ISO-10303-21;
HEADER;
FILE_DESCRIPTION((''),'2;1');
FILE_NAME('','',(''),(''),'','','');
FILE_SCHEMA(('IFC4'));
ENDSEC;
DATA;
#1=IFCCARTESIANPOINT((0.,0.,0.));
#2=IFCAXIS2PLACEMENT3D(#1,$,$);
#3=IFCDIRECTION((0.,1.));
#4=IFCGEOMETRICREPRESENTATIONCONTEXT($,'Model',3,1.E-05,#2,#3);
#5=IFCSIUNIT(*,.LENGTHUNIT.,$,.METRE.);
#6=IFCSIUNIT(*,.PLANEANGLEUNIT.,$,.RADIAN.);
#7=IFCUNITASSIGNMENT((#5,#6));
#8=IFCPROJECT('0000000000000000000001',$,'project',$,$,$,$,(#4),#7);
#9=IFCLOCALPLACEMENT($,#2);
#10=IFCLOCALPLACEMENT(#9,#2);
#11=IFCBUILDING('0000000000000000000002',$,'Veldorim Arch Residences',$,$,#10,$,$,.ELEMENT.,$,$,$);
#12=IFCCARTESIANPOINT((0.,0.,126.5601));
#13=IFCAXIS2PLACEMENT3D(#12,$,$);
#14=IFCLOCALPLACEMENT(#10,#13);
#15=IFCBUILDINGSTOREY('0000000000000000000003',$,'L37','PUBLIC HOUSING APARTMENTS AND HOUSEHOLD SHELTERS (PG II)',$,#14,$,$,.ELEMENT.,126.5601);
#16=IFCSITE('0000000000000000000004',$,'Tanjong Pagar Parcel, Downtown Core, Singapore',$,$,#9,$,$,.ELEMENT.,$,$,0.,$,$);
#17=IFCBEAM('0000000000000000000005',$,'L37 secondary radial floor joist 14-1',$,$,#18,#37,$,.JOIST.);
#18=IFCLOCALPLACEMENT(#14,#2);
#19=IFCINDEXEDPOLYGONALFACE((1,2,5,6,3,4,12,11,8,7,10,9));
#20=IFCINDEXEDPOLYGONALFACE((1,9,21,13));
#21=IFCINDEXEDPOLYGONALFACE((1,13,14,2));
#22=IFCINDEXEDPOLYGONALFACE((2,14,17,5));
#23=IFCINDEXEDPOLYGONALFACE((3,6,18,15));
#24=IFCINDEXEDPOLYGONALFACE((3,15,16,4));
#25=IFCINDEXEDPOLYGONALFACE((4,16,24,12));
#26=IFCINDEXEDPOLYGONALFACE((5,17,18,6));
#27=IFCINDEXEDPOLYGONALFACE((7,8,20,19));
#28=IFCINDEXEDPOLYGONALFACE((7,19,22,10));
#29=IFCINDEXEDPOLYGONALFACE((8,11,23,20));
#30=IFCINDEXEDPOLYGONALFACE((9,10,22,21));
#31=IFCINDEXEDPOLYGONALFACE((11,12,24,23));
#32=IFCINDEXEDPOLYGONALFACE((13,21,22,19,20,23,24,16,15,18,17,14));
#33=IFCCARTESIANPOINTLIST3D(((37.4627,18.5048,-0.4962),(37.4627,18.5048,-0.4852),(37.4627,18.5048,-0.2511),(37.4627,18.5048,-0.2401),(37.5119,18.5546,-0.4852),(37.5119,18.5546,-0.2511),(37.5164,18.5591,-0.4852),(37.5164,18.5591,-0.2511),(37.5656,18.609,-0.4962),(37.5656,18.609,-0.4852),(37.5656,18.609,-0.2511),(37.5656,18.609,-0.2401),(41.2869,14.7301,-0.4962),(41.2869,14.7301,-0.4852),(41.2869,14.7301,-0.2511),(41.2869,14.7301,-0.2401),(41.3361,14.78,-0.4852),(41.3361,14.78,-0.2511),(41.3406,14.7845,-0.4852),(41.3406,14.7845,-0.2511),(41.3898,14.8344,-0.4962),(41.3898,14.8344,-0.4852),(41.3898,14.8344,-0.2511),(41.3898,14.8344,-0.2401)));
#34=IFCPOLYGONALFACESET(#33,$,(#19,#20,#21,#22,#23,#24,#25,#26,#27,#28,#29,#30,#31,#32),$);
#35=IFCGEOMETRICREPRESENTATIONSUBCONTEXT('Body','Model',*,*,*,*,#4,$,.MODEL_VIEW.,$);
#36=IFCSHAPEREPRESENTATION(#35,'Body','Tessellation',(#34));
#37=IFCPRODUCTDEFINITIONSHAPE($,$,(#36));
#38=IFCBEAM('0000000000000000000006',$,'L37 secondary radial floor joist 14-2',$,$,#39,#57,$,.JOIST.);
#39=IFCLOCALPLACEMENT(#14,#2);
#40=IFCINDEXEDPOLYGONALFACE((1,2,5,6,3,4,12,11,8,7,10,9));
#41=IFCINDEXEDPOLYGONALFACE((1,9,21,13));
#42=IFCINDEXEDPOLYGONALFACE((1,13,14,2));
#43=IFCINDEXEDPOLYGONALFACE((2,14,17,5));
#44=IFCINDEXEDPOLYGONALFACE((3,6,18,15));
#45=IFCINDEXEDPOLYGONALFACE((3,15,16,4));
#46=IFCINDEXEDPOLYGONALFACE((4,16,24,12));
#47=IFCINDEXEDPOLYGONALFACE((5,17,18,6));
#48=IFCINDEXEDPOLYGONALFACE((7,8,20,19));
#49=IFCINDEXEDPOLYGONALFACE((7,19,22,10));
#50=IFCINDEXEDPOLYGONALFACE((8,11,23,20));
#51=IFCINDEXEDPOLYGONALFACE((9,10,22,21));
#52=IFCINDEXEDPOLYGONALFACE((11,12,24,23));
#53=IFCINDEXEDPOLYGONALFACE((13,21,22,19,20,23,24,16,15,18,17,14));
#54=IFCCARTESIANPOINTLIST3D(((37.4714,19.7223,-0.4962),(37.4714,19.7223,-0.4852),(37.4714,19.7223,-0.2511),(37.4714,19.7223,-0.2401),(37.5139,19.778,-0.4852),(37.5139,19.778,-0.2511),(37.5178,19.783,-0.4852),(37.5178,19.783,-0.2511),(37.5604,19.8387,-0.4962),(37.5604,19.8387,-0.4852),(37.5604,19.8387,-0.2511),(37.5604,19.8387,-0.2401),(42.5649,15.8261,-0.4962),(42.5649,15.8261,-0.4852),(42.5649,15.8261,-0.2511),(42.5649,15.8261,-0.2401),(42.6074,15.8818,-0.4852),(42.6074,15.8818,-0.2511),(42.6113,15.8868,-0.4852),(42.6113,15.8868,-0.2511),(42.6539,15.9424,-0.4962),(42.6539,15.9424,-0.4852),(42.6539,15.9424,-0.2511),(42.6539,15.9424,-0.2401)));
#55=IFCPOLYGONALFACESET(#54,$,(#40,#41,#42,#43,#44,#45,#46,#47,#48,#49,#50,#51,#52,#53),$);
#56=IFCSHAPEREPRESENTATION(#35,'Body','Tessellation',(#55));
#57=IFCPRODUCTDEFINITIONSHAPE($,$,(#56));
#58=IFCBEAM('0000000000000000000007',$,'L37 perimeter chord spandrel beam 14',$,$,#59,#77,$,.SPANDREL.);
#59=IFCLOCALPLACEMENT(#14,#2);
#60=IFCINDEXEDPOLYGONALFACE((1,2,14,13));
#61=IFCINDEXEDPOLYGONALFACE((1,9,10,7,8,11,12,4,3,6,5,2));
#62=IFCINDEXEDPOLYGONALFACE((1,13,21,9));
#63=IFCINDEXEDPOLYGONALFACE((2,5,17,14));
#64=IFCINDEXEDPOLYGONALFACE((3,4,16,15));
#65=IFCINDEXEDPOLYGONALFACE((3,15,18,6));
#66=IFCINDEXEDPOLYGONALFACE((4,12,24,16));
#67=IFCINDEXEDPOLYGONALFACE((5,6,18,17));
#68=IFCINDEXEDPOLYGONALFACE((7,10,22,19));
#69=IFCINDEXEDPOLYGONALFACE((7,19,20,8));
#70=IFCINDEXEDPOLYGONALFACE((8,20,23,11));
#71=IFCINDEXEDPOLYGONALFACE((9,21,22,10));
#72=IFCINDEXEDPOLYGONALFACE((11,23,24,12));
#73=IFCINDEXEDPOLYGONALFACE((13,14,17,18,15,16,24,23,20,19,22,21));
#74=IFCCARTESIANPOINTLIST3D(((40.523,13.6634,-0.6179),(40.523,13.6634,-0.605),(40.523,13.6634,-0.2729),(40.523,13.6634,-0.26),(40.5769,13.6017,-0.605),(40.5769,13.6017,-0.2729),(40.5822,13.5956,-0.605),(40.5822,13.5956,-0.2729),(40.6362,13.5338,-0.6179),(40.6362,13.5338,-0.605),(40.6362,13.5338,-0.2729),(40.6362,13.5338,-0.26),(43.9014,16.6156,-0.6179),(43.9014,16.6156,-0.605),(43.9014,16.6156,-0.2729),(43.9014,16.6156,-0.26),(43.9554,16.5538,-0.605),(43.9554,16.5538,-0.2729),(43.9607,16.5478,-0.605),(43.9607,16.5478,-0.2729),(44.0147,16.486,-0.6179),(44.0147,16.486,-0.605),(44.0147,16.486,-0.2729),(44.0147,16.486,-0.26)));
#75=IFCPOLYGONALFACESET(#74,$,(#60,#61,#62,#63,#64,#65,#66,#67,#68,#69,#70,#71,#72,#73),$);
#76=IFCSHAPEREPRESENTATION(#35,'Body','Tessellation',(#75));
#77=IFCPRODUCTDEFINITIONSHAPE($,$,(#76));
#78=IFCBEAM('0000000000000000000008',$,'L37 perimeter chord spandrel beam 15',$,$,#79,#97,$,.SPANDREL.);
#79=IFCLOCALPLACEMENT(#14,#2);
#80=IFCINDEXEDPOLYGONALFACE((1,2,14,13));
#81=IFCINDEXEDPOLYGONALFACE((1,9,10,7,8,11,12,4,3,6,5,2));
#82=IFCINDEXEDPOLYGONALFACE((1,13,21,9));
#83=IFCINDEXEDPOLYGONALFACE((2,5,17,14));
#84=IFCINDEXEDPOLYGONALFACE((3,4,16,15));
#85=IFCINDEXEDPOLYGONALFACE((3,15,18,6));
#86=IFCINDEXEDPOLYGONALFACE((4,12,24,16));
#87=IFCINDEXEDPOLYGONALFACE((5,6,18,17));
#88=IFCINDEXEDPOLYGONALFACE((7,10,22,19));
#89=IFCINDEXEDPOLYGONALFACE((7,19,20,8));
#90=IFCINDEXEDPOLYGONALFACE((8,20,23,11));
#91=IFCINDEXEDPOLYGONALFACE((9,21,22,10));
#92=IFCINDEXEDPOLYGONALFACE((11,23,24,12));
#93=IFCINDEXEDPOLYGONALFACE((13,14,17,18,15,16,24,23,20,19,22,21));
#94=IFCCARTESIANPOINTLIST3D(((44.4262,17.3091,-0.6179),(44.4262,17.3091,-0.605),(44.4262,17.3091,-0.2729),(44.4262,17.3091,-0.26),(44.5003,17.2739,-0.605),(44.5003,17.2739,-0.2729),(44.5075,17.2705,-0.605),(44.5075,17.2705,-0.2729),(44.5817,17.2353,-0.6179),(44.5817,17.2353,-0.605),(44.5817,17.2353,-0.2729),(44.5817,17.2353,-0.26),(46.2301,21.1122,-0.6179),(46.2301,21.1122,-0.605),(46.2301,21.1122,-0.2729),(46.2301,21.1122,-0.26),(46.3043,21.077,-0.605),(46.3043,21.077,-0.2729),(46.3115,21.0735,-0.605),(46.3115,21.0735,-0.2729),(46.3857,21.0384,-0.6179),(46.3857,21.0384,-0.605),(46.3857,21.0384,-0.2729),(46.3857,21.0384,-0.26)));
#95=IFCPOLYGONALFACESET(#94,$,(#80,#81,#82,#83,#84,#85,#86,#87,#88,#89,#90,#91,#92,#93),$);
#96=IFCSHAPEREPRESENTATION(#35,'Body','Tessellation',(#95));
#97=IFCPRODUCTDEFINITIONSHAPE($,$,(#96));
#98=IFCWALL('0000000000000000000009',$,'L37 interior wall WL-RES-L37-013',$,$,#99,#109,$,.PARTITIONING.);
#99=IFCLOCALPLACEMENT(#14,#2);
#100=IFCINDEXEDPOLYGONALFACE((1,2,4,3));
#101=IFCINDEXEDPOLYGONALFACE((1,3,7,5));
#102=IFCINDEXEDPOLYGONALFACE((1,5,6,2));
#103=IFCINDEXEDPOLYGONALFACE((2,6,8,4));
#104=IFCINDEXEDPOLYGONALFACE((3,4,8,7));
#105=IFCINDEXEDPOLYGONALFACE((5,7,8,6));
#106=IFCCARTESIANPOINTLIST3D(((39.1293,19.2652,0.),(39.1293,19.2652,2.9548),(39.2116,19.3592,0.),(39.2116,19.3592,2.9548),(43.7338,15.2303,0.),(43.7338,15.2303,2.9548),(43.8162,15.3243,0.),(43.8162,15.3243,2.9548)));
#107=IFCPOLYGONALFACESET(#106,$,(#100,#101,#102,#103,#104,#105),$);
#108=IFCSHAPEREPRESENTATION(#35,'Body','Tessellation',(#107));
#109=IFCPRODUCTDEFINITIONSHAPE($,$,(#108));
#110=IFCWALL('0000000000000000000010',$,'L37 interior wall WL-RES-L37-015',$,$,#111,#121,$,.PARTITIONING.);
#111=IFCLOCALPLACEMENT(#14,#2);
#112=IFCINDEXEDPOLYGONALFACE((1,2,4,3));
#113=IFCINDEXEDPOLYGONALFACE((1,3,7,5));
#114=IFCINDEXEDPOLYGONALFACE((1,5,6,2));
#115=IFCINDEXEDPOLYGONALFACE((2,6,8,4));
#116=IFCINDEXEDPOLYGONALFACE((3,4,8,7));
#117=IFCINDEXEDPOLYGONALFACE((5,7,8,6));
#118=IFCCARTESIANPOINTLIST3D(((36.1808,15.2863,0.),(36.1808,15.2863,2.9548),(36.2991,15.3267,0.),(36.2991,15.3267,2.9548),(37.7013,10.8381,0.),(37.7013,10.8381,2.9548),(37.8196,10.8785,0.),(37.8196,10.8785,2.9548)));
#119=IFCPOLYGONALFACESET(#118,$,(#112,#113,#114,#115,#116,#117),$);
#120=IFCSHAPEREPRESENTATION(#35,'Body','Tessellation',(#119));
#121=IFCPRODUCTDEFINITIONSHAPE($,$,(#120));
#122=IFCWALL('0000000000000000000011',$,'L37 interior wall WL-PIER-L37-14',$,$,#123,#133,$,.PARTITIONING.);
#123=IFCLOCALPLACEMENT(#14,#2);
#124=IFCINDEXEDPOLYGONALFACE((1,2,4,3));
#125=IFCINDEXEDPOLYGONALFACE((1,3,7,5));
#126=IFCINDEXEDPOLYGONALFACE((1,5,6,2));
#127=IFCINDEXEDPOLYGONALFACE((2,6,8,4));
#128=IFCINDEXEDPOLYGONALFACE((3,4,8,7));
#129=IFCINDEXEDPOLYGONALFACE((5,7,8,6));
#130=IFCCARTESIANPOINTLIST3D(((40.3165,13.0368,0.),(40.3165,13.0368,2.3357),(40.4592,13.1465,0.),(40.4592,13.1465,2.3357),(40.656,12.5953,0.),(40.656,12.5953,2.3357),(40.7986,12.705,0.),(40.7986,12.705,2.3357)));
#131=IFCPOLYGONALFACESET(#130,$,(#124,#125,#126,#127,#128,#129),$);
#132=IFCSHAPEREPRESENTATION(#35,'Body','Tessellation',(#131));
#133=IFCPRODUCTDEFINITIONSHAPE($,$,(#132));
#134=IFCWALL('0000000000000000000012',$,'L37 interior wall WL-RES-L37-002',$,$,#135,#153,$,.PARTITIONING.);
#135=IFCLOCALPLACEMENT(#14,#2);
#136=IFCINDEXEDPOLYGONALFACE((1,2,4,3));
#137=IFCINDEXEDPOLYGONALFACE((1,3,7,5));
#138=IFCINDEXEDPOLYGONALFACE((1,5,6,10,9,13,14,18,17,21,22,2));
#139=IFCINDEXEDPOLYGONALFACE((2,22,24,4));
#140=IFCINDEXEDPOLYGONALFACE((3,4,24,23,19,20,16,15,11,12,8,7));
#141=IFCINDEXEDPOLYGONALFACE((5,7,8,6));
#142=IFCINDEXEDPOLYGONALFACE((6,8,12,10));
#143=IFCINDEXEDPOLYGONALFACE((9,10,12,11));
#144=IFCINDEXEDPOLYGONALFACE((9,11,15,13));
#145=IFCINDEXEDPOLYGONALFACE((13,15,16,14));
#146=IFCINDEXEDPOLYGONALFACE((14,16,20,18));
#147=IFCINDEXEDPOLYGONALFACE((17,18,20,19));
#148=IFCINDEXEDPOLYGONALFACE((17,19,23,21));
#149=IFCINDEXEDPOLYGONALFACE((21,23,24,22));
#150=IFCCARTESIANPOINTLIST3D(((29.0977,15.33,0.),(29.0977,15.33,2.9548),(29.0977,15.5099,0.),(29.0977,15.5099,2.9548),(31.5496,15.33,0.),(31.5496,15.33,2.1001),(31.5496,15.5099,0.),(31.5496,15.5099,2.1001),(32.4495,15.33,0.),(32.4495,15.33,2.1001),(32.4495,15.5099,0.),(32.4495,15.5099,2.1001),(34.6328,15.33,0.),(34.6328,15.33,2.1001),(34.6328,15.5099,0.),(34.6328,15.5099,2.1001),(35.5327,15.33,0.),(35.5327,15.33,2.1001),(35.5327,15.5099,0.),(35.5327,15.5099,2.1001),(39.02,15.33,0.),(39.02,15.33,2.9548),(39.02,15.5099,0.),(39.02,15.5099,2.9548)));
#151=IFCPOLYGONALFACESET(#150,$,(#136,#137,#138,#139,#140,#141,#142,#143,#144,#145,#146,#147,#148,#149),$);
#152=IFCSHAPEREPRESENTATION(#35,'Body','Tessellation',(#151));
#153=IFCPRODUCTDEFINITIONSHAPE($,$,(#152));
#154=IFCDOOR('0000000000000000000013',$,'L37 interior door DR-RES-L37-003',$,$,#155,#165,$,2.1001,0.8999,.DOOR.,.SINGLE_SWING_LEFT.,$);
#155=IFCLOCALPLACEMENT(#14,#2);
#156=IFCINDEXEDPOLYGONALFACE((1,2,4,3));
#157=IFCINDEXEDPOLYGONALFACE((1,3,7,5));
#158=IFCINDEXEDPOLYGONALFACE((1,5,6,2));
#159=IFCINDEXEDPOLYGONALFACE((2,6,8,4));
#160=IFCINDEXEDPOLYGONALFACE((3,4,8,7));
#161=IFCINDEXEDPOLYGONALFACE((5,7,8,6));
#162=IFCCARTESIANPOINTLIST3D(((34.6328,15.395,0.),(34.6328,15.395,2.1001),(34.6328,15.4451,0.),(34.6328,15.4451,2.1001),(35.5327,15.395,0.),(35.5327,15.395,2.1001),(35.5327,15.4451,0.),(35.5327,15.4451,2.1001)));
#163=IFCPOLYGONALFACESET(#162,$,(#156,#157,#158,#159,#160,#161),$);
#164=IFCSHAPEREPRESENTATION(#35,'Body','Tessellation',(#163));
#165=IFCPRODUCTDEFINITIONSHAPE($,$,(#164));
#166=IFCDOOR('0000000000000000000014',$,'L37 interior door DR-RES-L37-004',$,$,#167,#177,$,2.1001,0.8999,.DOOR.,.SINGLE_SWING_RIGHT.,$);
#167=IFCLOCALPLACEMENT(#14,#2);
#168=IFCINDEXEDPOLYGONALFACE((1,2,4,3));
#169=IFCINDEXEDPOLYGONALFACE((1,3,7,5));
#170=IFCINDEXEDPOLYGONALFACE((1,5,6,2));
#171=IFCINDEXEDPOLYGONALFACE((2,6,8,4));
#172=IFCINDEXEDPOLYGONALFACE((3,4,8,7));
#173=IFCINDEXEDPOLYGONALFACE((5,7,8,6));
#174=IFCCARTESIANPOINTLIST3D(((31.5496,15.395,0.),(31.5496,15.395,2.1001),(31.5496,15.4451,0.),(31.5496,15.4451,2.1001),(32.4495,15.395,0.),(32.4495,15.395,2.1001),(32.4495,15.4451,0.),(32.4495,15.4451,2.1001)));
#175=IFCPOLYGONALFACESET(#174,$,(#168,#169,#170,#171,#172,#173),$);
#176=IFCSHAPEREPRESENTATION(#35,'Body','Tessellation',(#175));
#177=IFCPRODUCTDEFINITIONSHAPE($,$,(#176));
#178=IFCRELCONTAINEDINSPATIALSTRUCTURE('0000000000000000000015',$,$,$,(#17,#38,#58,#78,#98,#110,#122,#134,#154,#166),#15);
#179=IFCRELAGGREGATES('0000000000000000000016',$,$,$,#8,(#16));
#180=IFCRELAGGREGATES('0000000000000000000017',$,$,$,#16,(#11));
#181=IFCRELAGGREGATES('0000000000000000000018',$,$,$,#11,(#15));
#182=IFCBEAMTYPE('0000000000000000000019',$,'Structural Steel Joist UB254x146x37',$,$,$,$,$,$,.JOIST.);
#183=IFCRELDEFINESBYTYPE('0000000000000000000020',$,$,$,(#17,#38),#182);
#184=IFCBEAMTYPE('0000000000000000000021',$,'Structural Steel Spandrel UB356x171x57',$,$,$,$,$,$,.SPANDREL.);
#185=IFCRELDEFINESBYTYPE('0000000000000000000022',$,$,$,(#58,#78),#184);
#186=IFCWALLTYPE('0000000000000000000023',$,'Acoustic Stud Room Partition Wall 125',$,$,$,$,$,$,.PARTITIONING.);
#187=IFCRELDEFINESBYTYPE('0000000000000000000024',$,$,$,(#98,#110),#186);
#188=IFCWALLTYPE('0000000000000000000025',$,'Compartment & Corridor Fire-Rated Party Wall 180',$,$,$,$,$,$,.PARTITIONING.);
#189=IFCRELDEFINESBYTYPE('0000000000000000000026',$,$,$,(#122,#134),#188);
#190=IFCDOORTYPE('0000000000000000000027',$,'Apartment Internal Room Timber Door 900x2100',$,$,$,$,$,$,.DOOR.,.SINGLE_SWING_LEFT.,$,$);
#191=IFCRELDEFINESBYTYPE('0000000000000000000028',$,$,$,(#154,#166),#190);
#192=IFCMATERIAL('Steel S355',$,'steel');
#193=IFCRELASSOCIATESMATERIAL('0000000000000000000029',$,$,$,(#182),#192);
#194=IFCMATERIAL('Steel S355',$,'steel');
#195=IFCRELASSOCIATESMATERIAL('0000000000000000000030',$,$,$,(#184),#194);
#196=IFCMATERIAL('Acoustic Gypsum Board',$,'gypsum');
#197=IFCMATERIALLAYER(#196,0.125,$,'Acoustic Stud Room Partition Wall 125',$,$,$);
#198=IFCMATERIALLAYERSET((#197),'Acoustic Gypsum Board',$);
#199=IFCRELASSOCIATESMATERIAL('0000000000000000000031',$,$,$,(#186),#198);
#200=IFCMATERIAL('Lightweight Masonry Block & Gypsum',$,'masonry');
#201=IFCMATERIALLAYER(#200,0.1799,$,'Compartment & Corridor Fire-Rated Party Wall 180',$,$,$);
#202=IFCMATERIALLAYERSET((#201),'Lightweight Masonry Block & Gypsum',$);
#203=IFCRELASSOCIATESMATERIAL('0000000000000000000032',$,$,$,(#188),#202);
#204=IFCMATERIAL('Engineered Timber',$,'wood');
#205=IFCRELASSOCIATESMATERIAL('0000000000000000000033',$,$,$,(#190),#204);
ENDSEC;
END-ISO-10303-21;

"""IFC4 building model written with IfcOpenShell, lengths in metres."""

from ifc_helpers import new_model, si_unit, direction, frame, frame_2d, origin, origin_2d, place, context, subcontext, project, spatial, rectangle, i_section, extrude, material, layer, layer_set, material_profile, profile_set, type_object, element, fill, save


model = new_model("IFC4")

# Units and contexts
model_context = context("Model", 3, precision=1e-05, world=origin(), true_north=direction((0.0, 1.0)))
body_context = subcontext(model_context, "Body", "Model", "MODEL_VIEW")
ifc_project = project(units=[si_unit("LENGTHUNIT", "METRE"), si_unit("PLANEANGLEUNIT", "RADIAN")], contexts=[model_context])

# Site, building, storey
site_placement = place(None, origin())
site = spatial("IfcSite", under=ifc_project, at=site_placement, Name="Tanjong Pagar Parcel, Downtown Core, Singapore", CompositionType="ELEMENT", RefElevation=0.0)
building_placement = place(site_placement, origin())
building = spatial("IfcBuilding", under=site, at=building_placement, Name="Veldorim Arch Residences", CompositionType="ELEMENT")
storey_placement = place(building_placement, frame((0.0, 0.0, 126.5601)))
storey = spatial("IfcBuildingStorey", under=building, at=storey_placement, Name="L37", Description="PUBLIC HOUSING APARTMENTS AND HOUSEHOLD SHELTERS (PG II)", CompositionType="ELEMENT", Elevation=126.5601)

# Beams
ifc_material_1 = material(Name="Steel S355", Category="steel")
ifc_material_profile_1 = material_profile(ifc_material_1, i_section(OverallWidth=0.1465, OverallDepth=0.2561, WebThickness=0.0063, FlangeThickness=0.011, at=origin_2d()), Name="UB254x146x37")
ifc_profile_set_1 = profile_set([ifc_material_profile_1], Name="Steel S355")
beam_type_1 = type_object("IfcBeamType", Name="Structural Steel Joist UB254x146x37", PredefinedType="JOIST", material=ifc_profile_set_1)
beam_1_placement = place(storey_placement, frame((37.5142, 18.5569, -0.3682), z_axis=(0.711703, -0.70248, 0.0), x_axis=(0.70248, 0.711703, 0.0)))
element("IfcBeam", 1, at=beam_1_placement, inside=storey, type_object=beam_type_1, Name="L37 secondary radial floor joist 14-1", PredefinedType="JOIST", context=body_context, shape_type="SweptSolid", body=[
    extrude(i_section(OverallWidth=0.1465, OverallDepth=0.2561, WebThickness=0.0063, FlangeThickness=0.011, at=origin_2d()), origin(), (0.0, 0.0, 1.0), 5.3733),
])
beam_2_placement = place(storey_placement, frame((37.5159, 19.7805, -0.3682), z_axis=(0.794267, -0.607569, 0.0), x_axis=(0.607569, 0.794267, 0.0)))
element("IfcBeam", 2, at=beam_2_placement, inside=storey, type_object=beam_type_1, Name="L37 secondary radial floor joist 14-2", PredefinedType="JOIST", context=body_context, shape_type="SweptSolid", body=[
    extrude(i_section(OverallWidth=0.1465, OverallDepth=0.2561, WebThickness=0.0063, FlangeThickness=0.011, at=origin_2d()), origin(), (0.0, 0.0, 1.0), 6.4128),
])
ifc_material_2 = material(Name="Steel S355", Category="steel")
ifc_material_profile_2 = material_profile(ifc_material_2, i_section(OverallWidth=0.1721, OverallDepth=0.3579, WebThickness=0.0081, FlangeThickness=0.0129, at=origin_2d()), Name="UB356x171x57")
ifc_profile_set_2 = profile_set([ifc_material_profile_2], Name="Steel S355")
beam_type_2 = type_object("IfcBeamType", Name="Structural Steel Spandrel UB356x171x57", PredefinedType="SPANDREL", material=ifc_profile_set_2)
beam_3_placement = place(storey_placement, frame((40.5796, 13.5986, -0.439), z_axis=(0.753015, 0.658004, 0.0), x_axis=(-0.658004, 0.753015, 0.0)))
element("IfcBeam", 3, at=beam_3_placement, inside=storey, type_object=beam_type_2, Name="L37 perimeter chord spandrel beam 14", PredefinedType="SPANDREL", context=body_context, shape_type="SweptSolid", body=[
    extrude(i_section(OverallWidth=0.1721, OverallDepth=0.3579, WebThickness=0.0081, FlangeThickness=0.0129, at=origin_2d()), origin(), (0.0, 0.0, 1.0), 4.4866),
])
beam_4_placement = place(storey_placement, frame((44.5039, 17.2722, -0.439), z_axis=(0.42858, 0.903504, 0.0), x_axis=(-0.903504, 0.42858, 0.0)))
element("IfcBeam", 4, at=beam_4_placement, inside=storey, type_object=beam_type_2, Name="L37 perimeter chord spandrel beam 15", PredefinedType="SPANDREL", context=body_context, shape_type="SweptSolid", body=[
    extrude(i_section(OverallWidth=0.1721, OverallDepth=0.3579, WebThickness=0.0081, FlangeThickness=0.0129, at=origin_2d()), origin(), (0.0, 0.0, 1.0), 4.2092),
])

# Walls
ifc_material_3 = material(Name="Acoustic Gypsum Board", Category="gypsum")
ifc_layer_1 = layer(ifc_material_3, 0.125, Name="Acoustic Stud Room Partition Wall 125")
ifc_layer_set_1 = layer_set([ifc_layer_1], Name="Acoustic Gypsum Board")
wall_type_1 = type_object("IfcWallType", Name="Acoustic Stud Room Partition Wall 125", PredefinedType="PARTITIONING", material=ifc_layer_set_1)
wall_1_placement = place(storey_placement, frame((43.7749, 15.2773, 0.0), z_axis=(0.0, 0.0, 1.0), x_axis=(-0.752092, 0.659058, 0.0)))
element("IfcWall", 5, at=wall_1_placement, inside=storey, type_object=wall_type_1, Name="L37 interior wall WL-RES-L37-013", PredefinedType="PARTITIONING", context=body_context, shape_type="SweptSolid", body=[
    extrude(rectangle(XDim=6.1223, YDim=0.125, at=frame_2d((3.061, 0.0))), origin(), (0.0, 0.0, 1.0), 2.9548),
])
wall_2_placement = place(storey_placement, frame((37.7605, 10.8582, 0.0), z_axis=(0.0, 0.0, 1.0), x_axis=(-0.323448, 0.946246, 0.0)))
element("IfcWall", 6, at=wall_2_placement, inside=storey, type_object=wall_type_1, Name="L37 interior wall WL-RES-L37-015", PredefinedType="PARTITIONING", context=body_context, shape_type="SweptSolid", body=[
    extrude(rectangle(XDim=4.7009, YDim=0.125, at=frame_2d((2.3506, 0.0))), origin(), (0.0, 0.0, 1.0), 2.9548),
])
ifc_material_4 = material(Name="Lightweight Masonry Block & Gypsum", Category="masonry")
ifc_layer_2 = layer(ifc_material_4, 0.1799, Name="Compartment & Corridor Fire-Rated Party Wall 180")
ifc_layer_set_2 = layer_set([ifc_layer_2], Name="Lightweight Masonry Block & Gypsum")
wall_type_2 = type_object("IfcWallType", Name="Compartment & Corridor Fire-Rated Party Wall 180", PredefinedType="PARTITIONING", material=ifc_layer_set_2)
wall_3_placement = place(storey_placement, frame((40.3879, 13.0916, 0.0), z_axis=(0.0, 0.0, 1.0), x_axis=(0.609499, -0.792787, 0.0)))
element("IfcWall", 7, at=wall_3_placement, inside=storey, type_object=wall_type_2, Name="L37 interior wall WL-PIER-L37-14", PredefinedType="PARTITIONING", context=body_context, shape_type="SweptSolid", body=[
    extrude(rectangle(XDim=0.5569, YDim=0.1799, at=frame_2d((0.2783, 0.0))), origin(), (0.0, 0.0, 1.0), 2.3357),
])

# Wall, openings, doors
wall_4_placement = place(storey_placement, frame((39.02, 15.4199, 0.0), z_axis=(0.0, 0.0, 1.0), x_axis=(-1.0, 0.0, 0.0)))
wall_4 = element("IfcWall", 8, at=wall_4_placement, inside=storey, type_object=wall_type_2, Name="L37 interior wall WL-RES-L37-002", PredefinedType="PARTITIONING", context=body_context, shape_type="SweptSolid", body=[
    extrude(rectangle(XDim=9.9224, YDim=0.1799, at=frame_2d((4.9612, 0.0))), origin(), (0.0, 0.0, 1.0), 2.9548),
])
opening_1_placement = place(wall_4_placement, frame((3.4873, 0.0, 0.0)))
opening_1 = element("IfcOpeningElement", 9, at=opening_1_placement, cuts=wall_4, PredefinedType="OPENING", context=body_context, shape_type="SweptSolid", body=[
    extrude(rectangle(XDim=0.8999, YDim=2.1001, at=frame_2d((0.45, 1.05))), frame((0.0, 0.0999, 0.0), z_axis=(0.0, -1.0, 0.0), x_axis=(1.0, 0.0, 0.0)), (0.0, 0.0, 1.0), 0.2),
])
opening_2_placement = place(wall_4_placement, frame((6.5706, 0.0, 0.0)))
opening_2 = element("IfcOpeningElement", 10, at=opening_2_placement, cuts=wall_4, PredefinedType="OPENING", context=body_context, shape_type="SweptSolid", body=[
    extrude(rectangle(XDim=0.8999, YDim=2.1001, at=frame_2d((0.45, 1.05))), frame((0.0, 0.0999, 0.0), z_axis=(0.0, -1.0, 0.0), x_axis=(1.0, 0.0, 0.0)), (0.0, 0.0, 1.0), 0.2),
])
ifc_material_5 = material(Name="Engineered Timber", Category="wood")
door_type = type_object("IfcDoorType", Name="Apartment Internal Room Timber Door 900x2100", OperationType="SINGLE_SWING_LEFT", PredefinedType="DOOR", material=ifc_material_5)
door_1_placement = place(opening_1_placement, origin())
door_1 = element("IfcDoor", 11, at=door_1_placement, inside=storey, type_object=door_type, Name="L37 interior door DR-RES-L37-003", OperationType="SINGLE_SWING_LEFT", OverallHeight=2.1001, OverallWidth=0.8999, PredefinedType="DOOR", context=body_context, shape_type="SweptSolid", body=[
    extrude(rectangle(XDim=0.8999, YDim=2.1001, at=frame_2d((0.45, 1.05))), frame((0.0, 0.0249, 0.0), z_axis=(0.0, -1.0, 0.0), x_axis=(1.0, 0.0, 0.0)), (0.0, 0.0, 1.0), 0.05),
])
fill(opening_1, door_1)
door_2_placement = place(opening_2_placement, origin())
door_2 = element("IfcDoor", 12, at=door_2_placement, inside=storey, type_object=door_type, Name="L37 interior door DR-RES-L37-004", OperationType="SINGLE_SWING_RIGHT", OverallHeight=2.1001, OverallWidth=0.8999, PredefinedType="DOOR", context=body_context, shape_type="SweptSolid", body=[
    extrude(rectangle(XDim=0.8999, YDim=2.1001, at=frame_2d((0.45, 1.05))), frame((0.0, 0.0249, 0.0), z_axis=(0.0, -1.0, 0.0), x_axis=(1.0, 0.0, 0.0)), (0.0, 0.0, 1.0), 0.05),
])
fill(opening_2, door_2)

save(model, "model.ifc")
